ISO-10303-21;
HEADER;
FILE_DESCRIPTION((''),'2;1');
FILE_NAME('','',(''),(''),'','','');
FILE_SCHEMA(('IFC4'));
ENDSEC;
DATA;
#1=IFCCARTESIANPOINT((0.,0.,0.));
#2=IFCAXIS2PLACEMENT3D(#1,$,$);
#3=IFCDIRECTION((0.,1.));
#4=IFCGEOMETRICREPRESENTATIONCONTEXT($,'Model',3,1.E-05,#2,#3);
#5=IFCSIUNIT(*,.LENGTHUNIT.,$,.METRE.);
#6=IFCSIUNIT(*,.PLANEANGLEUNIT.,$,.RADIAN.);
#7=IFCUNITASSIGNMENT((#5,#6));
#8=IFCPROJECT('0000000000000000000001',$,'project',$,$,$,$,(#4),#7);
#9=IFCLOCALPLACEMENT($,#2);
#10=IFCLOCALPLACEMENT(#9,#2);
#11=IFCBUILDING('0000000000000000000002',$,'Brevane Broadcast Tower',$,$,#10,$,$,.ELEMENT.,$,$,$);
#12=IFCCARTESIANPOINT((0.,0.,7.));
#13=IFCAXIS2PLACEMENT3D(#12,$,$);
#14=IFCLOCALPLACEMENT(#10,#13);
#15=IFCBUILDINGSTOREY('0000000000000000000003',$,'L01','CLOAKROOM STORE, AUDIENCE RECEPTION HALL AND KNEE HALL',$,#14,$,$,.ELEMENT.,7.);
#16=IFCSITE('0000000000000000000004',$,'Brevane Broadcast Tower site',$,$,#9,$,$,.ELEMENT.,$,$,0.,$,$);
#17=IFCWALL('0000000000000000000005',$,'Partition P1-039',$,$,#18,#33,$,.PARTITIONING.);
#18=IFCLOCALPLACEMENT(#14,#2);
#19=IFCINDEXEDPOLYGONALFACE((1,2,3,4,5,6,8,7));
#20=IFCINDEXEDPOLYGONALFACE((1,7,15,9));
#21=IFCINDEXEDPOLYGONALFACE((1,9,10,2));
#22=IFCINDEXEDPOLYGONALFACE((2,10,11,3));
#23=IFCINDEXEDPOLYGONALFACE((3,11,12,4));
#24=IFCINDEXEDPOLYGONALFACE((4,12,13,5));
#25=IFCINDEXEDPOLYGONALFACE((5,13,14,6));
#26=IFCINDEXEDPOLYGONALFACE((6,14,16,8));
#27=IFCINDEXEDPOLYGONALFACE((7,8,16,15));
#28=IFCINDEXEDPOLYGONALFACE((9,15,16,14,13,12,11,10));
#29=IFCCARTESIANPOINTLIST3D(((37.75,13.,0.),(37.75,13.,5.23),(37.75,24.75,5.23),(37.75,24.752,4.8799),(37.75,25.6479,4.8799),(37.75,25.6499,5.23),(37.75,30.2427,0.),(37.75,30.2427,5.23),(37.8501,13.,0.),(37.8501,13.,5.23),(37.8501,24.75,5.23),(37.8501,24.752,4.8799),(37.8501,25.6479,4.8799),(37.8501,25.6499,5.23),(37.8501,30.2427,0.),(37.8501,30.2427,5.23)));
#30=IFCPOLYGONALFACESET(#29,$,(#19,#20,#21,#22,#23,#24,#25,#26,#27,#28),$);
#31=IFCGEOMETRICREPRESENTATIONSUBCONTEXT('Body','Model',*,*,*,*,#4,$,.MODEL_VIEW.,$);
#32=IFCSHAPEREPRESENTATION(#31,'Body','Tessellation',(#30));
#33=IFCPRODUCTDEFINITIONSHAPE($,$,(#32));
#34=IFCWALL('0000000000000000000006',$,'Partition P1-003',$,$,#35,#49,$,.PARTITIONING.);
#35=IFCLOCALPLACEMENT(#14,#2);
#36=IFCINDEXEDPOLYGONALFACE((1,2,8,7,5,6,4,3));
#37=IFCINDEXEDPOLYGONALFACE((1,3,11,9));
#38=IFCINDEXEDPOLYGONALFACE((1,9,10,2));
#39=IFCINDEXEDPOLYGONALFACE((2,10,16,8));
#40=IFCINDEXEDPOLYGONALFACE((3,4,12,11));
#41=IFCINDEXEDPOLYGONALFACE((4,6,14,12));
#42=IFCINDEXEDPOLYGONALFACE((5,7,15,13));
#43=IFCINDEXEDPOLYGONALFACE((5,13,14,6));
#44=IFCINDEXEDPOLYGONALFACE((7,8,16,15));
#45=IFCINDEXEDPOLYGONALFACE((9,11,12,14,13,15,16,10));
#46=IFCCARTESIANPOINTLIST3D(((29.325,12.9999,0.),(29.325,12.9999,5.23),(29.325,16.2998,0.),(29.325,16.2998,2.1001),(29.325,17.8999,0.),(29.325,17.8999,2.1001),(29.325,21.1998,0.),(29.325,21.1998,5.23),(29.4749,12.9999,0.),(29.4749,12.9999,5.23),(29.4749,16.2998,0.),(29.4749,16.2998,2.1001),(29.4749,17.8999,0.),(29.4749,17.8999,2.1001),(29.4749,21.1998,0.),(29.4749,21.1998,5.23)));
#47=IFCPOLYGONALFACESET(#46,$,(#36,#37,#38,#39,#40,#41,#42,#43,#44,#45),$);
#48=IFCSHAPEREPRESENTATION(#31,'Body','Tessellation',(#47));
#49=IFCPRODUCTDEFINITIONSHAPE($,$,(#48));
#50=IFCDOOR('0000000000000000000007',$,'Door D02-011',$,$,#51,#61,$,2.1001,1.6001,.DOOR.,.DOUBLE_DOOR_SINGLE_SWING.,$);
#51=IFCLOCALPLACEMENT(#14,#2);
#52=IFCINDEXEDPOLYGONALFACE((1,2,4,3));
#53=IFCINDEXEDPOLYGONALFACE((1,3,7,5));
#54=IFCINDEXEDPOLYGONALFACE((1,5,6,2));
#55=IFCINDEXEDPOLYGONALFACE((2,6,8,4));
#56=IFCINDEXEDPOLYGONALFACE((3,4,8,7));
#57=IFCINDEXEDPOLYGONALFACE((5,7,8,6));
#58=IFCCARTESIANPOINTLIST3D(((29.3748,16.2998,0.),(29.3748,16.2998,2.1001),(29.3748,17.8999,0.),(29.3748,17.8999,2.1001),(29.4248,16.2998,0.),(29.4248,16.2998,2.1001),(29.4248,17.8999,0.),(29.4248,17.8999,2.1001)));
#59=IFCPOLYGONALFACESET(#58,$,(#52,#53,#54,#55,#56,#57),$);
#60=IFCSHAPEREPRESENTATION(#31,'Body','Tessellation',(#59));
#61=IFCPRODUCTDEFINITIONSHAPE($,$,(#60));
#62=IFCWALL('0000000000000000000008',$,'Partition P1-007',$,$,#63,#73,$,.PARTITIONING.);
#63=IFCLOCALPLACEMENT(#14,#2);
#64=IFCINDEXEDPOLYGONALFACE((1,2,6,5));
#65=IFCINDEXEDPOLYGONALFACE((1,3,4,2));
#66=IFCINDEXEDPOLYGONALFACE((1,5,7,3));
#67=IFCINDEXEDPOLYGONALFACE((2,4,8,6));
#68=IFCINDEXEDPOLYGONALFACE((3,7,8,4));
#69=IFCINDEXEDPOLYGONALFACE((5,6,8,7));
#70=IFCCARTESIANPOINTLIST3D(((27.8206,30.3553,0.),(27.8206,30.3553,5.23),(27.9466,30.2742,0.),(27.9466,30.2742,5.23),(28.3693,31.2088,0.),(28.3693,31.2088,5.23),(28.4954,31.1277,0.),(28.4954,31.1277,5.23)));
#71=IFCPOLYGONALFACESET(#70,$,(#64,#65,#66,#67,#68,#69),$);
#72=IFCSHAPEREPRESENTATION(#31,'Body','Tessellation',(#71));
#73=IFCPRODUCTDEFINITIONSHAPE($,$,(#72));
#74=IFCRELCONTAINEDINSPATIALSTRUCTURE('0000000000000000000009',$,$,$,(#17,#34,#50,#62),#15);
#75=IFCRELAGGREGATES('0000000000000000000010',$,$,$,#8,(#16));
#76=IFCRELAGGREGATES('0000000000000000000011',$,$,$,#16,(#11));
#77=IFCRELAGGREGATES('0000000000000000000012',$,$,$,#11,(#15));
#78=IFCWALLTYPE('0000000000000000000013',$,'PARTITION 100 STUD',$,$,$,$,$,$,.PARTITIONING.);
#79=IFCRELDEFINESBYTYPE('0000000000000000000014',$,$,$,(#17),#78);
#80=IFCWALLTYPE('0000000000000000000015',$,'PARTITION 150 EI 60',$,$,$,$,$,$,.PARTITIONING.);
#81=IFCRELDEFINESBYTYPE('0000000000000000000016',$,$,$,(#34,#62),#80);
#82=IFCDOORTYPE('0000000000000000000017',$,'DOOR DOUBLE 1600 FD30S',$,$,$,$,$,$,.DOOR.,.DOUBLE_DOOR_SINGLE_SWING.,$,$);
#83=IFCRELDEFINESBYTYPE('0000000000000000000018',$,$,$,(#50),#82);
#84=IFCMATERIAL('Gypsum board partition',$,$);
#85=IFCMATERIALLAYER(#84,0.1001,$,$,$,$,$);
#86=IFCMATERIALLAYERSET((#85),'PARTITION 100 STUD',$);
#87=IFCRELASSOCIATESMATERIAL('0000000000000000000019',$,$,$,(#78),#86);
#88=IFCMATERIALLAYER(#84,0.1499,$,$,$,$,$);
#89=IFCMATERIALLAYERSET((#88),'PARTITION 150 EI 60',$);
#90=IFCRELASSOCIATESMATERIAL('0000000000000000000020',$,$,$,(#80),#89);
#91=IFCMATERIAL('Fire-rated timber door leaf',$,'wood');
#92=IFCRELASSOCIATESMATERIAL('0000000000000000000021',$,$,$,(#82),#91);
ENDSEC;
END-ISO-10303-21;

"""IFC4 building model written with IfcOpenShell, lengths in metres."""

from ifc_helpers import new_model, si_unit, direction, frame, frame_2d, origin, place, context, subcontext, project, spatial, polyline, rectangle, outline, extrude, material, layer, layer_set, type_object, element, fill, save


model = new_model("IFC4")

# Units and contexts
model_context = context("Model", 3, precision=1e-05, world=origin(), true_north=direction((0.0, 1.0)))
body_context = subcontext(model_context, "Body", "Model", "MODEL_VIEW")
ifc_project = project(units=[si_unit("LENGTHUNIT", "METRE"), si_unit("PLANEANGLEUNIT", "RADIAN")], contexts=[model_context])

# Site, building, storey
site_placement = place(None, origin())
site = spatial("IfcSite", under=ifc_project, at=site_placement, Name="Brevane Broadcast Tower site", CompositionType="ELEMENT", RefElevation=0.0)
building_placement = place(site_placement, origin())
building = spatial("IfcBuilding", under=site, at=building_placement, Name="Brevane Broadcast Tower", CompositionType="ELEMENT")
storey_placement = place(building_placement, frame((0.0, 0.0, 7.0)))
storey = spatial("IfcBuildingStorey", under=building, at=storey_placement, Name="L01", Description="CLOAKROOM STORE, AUDIENCE RECEPTION HALL AND KNEE HALL", CompositionType="ELEMENT", Elevation=7.0)

# Wall
ifc_material_1 = material(Name="Gypsum board partition")
ifc_layer_1 = layer(ifc_material_1, 0.1001)
ifc_layer_set_1 = layer_set([ifc_layer_1], Name="PARTITION 100 STUD")
wall_type_1 = type_object("IfcWallType", Name="PARTITION 100 STUD", PredefinedType="PARTITIONING", material=ifc_layer_set_1)
wall_1_placement = place(storey_placement, frame((37.8, 30.2427, 0.0), z_axis=(0.0, 0.0, 1.0), x_axis=(0.0, -1.0, 0.0)))
element("IfcWall", 1, at=wall_1_placement, inside=storey, type_object=wall_type_1, Name="Partition P1-039", PredefinedType="PARTITIONING", context=body_context, shape_type="SweptSolid", body=[
    extrude(outline(polyline([(0.0, 0.0), (17.2427, 0.0), (17.2427, 5.23), (5.4927, 5.23), (5.4907, 4.8799), (4.5947, 4.8799), (4.5928, 5.23), (0.0, 5.23), (0.0, 0.0)])), frame((0.0, 0.05, 0.0), z_axis=(0.0, -1.0, 0.0), x_axis=(1.0, 0.0, 0.0)), (0.0, 0.0, 1.0), 0.1001),
])

# Wall, opening, door
ifc_layer_2 = layer(ifc_material_1, 0.1499)
ifc_layer_set_2 = layer_set([ifc_layer_2], Name="PARTITION 150 EI 60")
wall_type_2 = type_object("IfcWallType", Name="PARTITION 150 EI 60", PredefinedType="PARTITIONING", material=ifc_layer_set_2)
wall_2_placement = place(storey_placement, frame((29.3999, 21.2, 0.0), z_axis=(0.0, 0.0, 1.0), x_axis=(0.0, -1.0, 0.0)))
wall_2 = element("IfcWall", 2, at=wall_2_placement, inside=storey, type_object=wall_type_2, Name="Partition P1-003", PredefinedType="PARTITIONING", context=body_context, shape_type="SweptSolid", body=[
    extrude(rectangle(XDim=8.2, YDim=0.1499, at=frame_2d((4.1001, 0.0))), origin(), (0.0, 0.0, 1.0), 5.23),
])
opening_placement = place(wall_2_placement, frame((3.3, 0.0, 0.0)))
opening = element("IfcOpeningElement", 3, at=opening_placement, cuts=wall_2, PredefinedType="OPENING", context=body_context, shape_type="SweptSolid", body=[
    extrude(rectangle(XDim=1.6001, YDim=2.1001, at=frame_2d((0.8, 1.05))), frame((0.0, 0.085, 0.0), z_axis=(0.0, -1.0, 0.0), x_axis=(1.0, 0.0, 0.0)), (0.0, 0.0, 1.0), 0.1699),
])
ifc_material_2 = material(Name="Fire-rated timber door leaf", Category="wood")
door_type = type_object("IfcDoorType", Name="DOOR DOUBLE 1600 FD30S", OperationType="DOUBLE_DOOR_SINGLE_SWING", PredefinedType="DOOR", material=ifc_material_2)
door_placement = place(opening_placement, origin())
door = element("IfcDoor", 4, at=door_placement, inside=storey, type_object=door_type, Name="Door D02-011", OperationType="DOUBLE_DOOR_SINGLE_SWING", OverallHeight=2.1001, OverallWidth=1.6001, PredefinedType="DOOR", context=body_context, shape_type="SweptSolid", body=[
    extrude(rectangle(XDim=1.6001, YDim=2.1001, at=frame_2d((0.8, 1.05))), frame((0.0, 0.0249, 0.0), z_axis=(0.0, -1.0, 0.0), x_axis=(1.0, 0.0, 0.0)), (0.0, 0.0, 1.0), 0.05),
])
fill(opening, door)

# Wall
wall_3_placement = place(storey_placement, frame((28.4324, 31.1682, 0.0), z_axis=(0.0, 0.0, 1.0), x_axis=(-0.540855, -0.841116, 0.0)))
element("IfcWall", 5, at=wall_3_placement, inside=storey, type_object=wall_type_2, Name="Partition P1-007", PredefinedType="PARTITIONING", context=body_context, shape_type="SweptSolid", body=[
    extrude(rectangle(XDim=1.0146, YDim=0.1499, at=frame_2d((0.5073, 0.0))), origin(), (0.0, 0.0, 1.0), 5.23),
])

save(model, "model.ifc")
